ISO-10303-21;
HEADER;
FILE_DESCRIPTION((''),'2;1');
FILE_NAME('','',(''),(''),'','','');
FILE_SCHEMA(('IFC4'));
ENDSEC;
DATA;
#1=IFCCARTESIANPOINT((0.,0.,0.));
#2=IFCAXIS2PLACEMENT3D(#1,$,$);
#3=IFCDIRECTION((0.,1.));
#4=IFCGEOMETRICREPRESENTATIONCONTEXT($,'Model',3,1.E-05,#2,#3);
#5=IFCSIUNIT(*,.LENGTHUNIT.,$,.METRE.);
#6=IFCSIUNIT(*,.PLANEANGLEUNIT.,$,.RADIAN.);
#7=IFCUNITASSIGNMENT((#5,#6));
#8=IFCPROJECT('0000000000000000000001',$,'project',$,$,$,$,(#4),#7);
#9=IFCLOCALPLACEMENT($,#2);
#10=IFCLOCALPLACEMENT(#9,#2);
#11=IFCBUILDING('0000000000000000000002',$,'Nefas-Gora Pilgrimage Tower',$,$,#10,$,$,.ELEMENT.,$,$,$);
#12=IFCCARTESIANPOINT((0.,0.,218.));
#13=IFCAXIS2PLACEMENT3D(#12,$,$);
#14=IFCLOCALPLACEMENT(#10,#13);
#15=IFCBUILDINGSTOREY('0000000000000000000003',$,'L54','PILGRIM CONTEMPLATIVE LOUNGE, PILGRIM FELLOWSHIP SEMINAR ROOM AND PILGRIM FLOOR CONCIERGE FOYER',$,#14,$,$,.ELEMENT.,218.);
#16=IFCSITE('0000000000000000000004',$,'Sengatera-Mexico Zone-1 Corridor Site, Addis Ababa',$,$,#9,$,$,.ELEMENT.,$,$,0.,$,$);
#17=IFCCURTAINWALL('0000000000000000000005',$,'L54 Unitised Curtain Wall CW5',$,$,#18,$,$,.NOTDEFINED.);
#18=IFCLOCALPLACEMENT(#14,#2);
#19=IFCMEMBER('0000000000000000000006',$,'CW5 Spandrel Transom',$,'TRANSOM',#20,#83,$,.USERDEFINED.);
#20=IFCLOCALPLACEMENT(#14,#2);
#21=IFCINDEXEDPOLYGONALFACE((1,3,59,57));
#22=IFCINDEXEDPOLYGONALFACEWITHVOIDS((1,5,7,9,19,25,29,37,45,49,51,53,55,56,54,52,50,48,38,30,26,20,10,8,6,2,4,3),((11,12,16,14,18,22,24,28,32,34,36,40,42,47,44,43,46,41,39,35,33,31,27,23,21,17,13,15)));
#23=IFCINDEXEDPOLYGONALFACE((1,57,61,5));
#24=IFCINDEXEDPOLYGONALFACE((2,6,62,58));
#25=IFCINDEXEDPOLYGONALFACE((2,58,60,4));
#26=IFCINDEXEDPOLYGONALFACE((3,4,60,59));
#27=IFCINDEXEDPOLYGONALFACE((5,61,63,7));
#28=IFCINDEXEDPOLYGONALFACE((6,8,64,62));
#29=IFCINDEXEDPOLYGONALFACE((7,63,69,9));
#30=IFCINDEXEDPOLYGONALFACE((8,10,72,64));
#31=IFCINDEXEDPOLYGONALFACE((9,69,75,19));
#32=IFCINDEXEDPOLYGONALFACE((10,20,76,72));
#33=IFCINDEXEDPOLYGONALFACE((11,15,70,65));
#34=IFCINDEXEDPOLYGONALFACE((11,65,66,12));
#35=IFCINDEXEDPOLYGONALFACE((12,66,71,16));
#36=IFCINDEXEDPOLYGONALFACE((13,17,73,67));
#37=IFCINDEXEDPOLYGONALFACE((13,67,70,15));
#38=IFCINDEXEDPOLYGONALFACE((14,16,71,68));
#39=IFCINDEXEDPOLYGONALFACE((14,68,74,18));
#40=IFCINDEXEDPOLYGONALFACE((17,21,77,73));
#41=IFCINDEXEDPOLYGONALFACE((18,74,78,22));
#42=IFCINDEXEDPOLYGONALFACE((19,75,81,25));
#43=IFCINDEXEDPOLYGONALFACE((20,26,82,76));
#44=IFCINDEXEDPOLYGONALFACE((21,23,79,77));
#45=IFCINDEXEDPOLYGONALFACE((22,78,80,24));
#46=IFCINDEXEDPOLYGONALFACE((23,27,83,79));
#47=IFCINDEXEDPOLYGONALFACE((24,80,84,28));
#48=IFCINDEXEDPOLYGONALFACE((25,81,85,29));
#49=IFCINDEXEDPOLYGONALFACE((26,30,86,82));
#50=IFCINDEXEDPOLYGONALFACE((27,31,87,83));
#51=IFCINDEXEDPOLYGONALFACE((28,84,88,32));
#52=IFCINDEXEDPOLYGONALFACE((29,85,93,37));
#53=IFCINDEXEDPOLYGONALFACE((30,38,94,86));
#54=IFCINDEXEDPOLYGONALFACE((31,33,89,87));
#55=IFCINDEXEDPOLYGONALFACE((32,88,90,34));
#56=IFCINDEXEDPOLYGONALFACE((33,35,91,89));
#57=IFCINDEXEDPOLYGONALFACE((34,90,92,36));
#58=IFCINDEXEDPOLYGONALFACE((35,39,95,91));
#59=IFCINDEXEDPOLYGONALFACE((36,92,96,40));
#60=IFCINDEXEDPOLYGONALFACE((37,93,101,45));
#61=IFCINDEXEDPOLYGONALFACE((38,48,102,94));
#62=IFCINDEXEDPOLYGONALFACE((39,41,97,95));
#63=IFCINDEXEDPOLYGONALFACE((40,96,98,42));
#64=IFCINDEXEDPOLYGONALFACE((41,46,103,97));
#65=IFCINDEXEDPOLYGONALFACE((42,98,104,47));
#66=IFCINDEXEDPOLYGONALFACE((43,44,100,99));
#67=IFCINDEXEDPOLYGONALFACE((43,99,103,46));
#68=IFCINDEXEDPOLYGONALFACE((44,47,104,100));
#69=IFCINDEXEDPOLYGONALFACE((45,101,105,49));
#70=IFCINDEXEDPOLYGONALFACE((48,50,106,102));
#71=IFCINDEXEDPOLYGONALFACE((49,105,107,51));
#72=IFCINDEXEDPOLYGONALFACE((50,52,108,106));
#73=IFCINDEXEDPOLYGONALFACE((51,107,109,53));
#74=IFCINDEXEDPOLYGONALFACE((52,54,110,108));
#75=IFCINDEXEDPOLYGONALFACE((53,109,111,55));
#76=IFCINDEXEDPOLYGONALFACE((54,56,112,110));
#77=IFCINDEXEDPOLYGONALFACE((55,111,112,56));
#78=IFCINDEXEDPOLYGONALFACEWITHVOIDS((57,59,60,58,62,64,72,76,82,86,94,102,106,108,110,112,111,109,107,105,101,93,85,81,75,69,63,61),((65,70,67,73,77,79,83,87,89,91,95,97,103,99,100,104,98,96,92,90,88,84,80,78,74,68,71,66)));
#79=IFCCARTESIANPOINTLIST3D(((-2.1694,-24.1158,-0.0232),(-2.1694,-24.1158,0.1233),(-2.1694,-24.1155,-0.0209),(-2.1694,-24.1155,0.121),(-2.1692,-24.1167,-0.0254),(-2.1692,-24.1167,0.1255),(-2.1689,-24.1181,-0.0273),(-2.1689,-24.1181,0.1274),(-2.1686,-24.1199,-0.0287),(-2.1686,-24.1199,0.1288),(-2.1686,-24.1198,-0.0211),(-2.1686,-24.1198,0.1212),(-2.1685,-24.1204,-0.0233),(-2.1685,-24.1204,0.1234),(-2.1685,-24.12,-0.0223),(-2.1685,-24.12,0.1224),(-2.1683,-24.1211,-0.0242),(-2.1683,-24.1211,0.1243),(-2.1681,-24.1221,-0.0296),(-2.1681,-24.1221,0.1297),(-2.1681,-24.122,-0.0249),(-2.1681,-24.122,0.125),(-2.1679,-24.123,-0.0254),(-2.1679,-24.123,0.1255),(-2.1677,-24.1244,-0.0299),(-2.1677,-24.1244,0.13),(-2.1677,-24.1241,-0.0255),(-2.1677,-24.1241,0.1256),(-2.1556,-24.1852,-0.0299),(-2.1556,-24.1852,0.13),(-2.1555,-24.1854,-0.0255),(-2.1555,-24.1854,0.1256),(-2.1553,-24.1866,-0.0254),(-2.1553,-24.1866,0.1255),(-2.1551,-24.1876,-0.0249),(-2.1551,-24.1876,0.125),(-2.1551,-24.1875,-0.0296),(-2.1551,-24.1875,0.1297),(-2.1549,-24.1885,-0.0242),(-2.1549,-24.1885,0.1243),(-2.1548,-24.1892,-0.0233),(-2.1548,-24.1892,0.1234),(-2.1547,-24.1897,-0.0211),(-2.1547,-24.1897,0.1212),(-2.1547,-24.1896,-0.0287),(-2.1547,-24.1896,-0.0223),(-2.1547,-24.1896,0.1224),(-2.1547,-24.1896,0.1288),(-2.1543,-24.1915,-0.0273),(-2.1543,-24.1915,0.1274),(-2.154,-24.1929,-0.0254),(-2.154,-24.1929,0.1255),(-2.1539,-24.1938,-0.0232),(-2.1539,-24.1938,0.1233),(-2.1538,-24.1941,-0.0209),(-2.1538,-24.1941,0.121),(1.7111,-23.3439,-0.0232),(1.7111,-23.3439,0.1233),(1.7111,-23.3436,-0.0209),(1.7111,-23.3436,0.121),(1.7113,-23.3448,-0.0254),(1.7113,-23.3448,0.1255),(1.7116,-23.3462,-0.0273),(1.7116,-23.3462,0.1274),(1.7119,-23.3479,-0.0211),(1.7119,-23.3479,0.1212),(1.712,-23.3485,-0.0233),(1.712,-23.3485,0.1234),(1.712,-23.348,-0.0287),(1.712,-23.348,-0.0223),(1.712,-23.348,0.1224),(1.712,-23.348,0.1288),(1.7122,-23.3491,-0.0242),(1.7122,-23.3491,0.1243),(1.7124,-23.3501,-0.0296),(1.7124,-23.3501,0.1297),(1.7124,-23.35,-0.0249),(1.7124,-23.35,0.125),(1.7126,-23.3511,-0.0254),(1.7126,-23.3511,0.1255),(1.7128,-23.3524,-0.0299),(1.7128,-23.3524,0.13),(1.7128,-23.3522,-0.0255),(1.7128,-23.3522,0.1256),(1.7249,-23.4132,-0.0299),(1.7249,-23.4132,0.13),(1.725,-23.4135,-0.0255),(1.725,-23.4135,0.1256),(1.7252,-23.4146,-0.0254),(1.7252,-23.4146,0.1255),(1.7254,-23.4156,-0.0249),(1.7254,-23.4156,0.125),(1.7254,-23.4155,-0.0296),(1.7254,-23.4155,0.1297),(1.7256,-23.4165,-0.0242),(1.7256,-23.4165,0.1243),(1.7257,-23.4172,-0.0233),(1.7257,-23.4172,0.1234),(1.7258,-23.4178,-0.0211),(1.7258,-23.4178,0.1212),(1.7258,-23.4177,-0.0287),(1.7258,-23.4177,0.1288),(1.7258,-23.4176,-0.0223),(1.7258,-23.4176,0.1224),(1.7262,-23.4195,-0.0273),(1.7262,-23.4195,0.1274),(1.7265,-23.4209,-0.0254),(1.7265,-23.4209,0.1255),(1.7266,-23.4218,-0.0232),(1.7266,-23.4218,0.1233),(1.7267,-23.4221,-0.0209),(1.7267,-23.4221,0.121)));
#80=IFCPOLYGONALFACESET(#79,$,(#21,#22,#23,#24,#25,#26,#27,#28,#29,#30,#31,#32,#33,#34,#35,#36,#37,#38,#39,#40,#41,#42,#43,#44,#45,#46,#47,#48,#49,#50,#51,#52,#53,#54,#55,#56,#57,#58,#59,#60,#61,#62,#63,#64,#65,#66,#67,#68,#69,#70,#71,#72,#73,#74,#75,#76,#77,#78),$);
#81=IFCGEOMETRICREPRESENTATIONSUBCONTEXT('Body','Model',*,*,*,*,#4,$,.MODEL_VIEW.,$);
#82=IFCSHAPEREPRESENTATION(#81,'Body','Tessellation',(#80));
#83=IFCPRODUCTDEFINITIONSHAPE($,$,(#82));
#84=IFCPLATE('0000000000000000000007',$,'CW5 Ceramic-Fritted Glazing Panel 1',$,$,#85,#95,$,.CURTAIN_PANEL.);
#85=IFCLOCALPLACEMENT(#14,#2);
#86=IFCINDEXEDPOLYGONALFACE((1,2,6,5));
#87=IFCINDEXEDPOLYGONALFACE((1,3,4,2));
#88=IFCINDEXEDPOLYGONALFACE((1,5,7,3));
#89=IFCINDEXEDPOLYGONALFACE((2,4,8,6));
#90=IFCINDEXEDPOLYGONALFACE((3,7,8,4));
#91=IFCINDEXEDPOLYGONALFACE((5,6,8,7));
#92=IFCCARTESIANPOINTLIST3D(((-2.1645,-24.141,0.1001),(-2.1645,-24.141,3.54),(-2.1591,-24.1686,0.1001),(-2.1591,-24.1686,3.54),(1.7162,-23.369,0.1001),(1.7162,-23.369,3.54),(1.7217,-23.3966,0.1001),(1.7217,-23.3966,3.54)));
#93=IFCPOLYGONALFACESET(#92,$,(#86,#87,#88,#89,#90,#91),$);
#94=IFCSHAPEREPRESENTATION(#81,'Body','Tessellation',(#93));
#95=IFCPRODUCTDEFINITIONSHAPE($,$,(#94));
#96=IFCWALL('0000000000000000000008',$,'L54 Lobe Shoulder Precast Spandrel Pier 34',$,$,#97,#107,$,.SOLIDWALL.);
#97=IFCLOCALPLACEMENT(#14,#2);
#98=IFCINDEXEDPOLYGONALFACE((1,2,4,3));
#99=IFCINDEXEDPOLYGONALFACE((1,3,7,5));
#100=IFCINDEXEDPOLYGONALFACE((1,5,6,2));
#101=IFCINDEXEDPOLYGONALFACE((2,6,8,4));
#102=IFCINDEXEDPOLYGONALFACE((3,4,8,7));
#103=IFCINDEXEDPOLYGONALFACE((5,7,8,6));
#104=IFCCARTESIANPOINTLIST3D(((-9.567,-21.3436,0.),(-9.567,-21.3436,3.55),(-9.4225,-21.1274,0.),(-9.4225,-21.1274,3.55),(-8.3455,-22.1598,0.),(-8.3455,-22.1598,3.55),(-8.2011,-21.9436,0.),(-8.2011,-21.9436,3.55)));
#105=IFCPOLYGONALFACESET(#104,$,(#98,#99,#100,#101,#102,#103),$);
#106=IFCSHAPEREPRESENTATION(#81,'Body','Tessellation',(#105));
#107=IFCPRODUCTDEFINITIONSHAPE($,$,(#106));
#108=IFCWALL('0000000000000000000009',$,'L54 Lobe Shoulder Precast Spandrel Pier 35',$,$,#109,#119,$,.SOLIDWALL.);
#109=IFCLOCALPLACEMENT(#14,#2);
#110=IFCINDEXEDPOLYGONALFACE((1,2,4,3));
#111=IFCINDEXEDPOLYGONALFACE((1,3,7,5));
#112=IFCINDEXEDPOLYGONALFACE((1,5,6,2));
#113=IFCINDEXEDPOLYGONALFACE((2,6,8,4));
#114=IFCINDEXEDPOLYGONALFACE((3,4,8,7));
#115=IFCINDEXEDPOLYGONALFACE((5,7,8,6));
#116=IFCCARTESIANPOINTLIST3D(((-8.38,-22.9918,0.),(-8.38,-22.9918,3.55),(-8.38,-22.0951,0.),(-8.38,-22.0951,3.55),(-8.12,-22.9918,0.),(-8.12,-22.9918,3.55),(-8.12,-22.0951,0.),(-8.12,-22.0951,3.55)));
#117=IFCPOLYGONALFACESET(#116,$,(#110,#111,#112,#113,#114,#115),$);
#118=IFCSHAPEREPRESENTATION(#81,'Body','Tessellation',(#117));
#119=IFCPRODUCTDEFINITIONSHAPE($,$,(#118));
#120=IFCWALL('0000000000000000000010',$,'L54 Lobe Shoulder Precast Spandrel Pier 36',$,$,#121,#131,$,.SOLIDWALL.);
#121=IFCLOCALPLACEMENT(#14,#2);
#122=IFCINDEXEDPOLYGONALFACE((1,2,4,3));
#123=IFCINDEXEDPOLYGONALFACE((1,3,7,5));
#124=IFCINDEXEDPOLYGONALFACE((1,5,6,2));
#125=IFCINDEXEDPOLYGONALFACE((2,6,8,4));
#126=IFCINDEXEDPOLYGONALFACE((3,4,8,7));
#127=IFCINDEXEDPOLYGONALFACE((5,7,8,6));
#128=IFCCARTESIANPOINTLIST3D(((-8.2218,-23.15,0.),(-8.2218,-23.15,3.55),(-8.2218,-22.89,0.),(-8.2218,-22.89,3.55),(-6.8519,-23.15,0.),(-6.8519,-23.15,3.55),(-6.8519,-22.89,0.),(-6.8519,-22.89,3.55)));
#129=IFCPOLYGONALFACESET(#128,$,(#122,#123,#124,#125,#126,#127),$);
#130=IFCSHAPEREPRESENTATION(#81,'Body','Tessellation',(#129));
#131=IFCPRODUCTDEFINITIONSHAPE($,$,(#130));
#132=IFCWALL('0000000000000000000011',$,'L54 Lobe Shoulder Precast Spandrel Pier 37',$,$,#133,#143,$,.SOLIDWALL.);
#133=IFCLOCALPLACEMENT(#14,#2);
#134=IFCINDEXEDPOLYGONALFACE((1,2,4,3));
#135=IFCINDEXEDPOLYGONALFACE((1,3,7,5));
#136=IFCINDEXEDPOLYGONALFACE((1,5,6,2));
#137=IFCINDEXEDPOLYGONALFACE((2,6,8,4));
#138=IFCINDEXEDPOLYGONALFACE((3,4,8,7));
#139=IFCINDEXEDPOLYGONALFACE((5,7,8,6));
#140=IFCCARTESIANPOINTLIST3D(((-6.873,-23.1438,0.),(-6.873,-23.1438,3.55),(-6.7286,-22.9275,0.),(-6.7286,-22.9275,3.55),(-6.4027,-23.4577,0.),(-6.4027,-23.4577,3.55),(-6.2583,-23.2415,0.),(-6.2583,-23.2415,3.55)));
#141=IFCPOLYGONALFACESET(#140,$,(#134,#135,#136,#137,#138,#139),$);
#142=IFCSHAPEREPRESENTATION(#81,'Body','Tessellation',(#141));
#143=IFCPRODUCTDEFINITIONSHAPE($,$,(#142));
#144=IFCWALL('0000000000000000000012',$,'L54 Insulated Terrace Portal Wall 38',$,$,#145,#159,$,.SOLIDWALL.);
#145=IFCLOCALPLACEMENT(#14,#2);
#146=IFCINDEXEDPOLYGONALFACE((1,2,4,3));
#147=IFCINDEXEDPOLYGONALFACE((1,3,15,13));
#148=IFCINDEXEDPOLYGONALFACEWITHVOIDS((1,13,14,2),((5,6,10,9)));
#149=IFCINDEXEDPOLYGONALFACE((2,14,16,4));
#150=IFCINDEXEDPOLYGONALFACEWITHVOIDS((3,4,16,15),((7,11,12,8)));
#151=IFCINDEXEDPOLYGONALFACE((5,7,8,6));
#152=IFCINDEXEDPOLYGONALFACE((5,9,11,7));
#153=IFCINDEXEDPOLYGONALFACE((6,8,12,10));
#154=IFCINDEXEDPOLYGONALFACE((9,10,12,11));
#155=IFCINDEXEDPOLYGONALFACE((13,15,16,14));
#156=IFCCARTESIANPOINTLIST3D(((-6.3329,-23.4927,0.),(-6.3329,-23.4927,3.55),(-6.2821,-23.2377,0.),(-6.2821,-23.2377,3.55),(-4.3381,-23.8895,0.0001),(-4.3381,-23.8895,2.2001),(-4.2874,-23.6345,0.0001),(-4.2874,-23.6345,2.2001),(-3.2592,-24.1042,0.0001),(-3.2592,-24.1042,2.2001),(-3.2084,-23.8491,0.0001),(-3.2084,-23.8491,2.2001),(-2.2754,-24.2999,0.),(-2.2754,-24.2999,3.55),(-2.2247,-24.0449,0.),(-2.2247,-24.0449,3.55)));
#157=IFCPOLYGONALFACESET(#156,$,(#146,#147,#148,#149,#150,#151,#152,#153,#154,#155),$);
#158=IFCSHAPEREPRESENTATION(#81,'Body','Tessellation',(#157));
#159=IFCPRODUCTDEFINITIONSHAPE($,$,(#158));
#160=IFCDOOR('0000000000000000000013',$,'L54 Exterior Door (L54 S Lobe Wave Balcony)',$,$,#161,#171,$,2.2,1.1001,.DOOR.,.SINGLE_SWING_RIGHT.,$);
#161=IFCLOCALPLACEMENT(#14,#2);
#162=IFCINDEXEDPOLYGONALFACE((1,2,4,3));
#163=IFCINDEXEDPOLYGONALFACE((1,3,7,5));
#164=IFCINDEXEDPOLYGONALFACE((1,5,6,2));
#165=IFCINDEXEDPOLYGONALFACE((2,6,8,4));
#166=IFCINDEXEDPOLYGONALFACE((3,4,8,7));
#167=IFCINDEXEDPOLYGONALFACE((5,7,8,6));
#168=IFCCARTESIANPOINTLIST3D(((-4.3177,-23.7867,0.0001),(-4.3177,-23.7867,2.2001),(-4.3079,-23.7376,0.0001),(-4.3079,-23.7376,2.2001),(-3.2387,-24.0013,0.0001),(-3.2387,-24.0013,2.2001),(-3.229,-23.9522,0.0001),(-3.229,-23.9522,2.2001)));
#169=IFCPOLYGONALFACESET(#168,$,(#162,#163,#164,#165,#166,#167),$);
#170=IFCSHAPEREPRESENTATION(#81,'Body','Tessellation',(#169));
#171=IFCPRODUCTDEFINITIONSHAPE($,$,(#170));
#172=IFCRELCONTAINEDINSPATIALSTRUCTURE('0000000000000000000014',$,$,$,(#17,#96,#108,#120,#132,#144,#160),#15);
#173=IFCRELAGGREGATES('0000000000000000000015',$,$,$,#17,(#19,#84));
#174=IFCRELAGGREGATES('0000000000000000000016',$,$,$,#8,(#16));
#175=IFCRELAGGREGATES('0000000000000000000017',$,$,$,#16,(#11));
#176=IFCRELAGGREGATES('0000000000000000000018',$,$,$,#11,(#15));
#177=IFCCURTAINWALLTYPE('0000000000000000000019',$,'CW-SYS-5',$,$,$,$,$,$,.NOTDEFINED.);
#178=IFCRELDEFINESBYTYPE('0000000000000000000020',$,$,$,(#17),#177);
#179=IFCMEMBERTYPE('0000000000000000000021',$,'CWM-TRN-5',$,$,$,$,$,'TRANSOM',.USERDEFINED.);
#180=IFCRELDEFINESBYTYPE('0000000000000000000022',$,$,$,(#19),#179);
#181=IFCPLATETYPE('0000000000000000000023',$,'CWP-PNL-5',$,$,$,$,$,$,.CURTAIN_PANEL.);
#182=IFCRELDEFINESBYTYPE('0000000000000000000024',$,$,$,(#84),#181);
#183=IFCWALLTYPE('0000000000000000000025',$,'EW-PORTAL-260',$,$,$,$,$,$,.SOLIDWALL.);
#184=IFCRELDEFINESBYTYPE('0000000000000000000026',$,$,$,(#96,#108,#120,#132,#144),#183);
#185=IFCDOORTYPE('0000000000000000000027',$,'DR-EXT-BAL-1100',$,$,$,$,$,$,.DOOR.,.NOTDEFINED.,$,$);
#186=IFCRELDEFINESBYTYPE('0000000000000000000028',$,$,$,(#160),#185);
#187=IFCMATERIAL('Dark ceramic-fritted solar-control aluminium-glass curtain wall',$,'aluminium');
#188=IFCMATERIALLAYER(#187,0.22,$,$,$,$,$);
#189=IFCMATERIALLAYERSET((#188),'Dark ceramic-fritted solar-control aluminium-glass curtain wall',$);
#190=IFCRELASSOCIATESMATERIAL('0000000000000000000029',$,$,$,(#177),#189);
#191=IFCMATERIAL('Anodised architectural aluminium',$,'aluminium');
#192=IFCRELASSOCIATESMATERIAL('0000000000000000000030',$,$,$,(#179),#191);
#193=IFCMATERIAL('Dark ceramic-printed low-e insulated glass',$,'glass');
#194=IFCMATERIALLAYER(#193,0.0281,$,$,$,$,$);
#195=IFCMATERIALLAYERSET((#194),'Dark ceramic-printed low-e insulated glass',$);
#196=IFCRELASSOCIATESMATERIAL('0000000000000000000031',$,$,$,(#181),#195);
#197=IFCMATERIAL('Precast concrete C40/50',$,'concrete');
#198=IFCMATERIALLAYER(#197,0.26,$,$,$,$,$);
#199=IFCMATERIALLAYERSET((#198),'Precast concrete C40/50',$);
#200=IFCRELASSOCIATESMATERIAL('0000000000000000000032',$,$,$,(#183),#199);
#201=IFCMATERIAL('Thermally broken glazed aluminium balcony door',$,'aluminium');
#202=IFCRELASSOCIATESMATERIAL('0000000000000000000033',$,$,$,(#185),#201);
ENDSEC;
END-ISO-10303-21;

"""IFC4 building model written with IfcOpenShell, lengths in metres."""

from ifc_helpers import new_model, si_unit, direction, frame, frame_2d, origin, origin_2d, place, context, subcontext, project, spatial, rectangle, hollow_rectangle, extrude, source, transform, mapped, material, layer, layer_set, material_profile, profile_set, type_object, element, fill, aggregate, save


model = new_model("IFC4")

# Units and contexts
model_context = context("Model", 3, precision=1e-05, world=origin(), true_north=direction((0.0, 1.0)))
body_context = subcontext(model_context, "Body", "Model", "MODEL_VIEW")
ifc_project = project(units=[si_unit("LENGTHUNIT", "METRE"), si_unit("PLANEANGLEUNIT", "RADIAN")], contexts=[model_context])

# Site, building, storey
site_placement = place(None, origin())
site = spatial("IfcSite", under=ifc_project, at=site_placement, Name="Sengatera-Mexico Zone-1 Corridor Site, Addis Ababa", CompositionType="ELEMENT", RefElevation=0.0)
building_placement = place(site_placement, origin())
building = spatial("IfcBuilding", under=site, at=building_placement, Name="Nefas-Gora Pilgrimage Tower", CompositionType="ELEMENT")
storey_placement = place(building_placement, frame((0.0, 0.0, 218.0)))
storey = spatial("IfcBuildingStorey", under=building, at=storey_placement, Name="L54", Description="PILGRIM CONTEMPLATIVE LOUNGE, PILGRIM FELLOWSHIP SEMINAR ROOM AND PILGRIM FLOOR CONCIERGE FOYER", CompositionType="ELEMENT", Elevation=218.0)

# Shared definitions
ifc_material_1 = material(Name="Dark ceramic-fritted solar-control aluminium-glass curtain wall", Category="aluminium")
ifc_layer_1 = layer(ifc_material_1, 0.22)
ifc_layer_set_1 = layer_set([ifc_layer_1], Name="Dark ceramic-fritted solar-control aluminium-glass curtain wall")
curtain_wall_type = type_object("IfcCurtainWallType", Name="CW-SYS-5", PredefinedType="NOTDEFINED", material=ifc_layer_set_1)
ifc_material_2 = material(Name="Anodised architectural aluminium", Category="aluminium")

# Curtain wall, member, plate
curtain_wall_1_placement = place(storey_placement, origin())
curtain_wall_1 = element("IfcCurtainWall", 1, at=curtain_wall_1_placement, inside=storey, type_object=curtain_wall_type, Name="L54 Unitised Curtain Wall CW5", PredefinedType="NOTDEFINED")
ifc_material_profile_1 = material_profile(ifc_material_2, hollow_rectangle(XDim=0.0801, YDim=0.1599, WallThickness=0.0044, InnerFilletRadius=0.0044, OuterFilletRadius=0.009, at=origin_2d()), Name="ALU TRANSOM 80x160")
ifc_profile_set_1 = profile_set([ifc_material_profile_1], Name="Anodised architectural aluminium")
member_type_1 = type_object("IfcMemberType", Name="CWM-TRN-5", ElementType="TRANSOM", PredefinedType="USERDEFINED", material=ifc_profile_set_1)
shared_shape_1 = source(origin(), body_context, "Body", "SweptSolid", [
    extrude(hollow_rectangle(XDim=0.0801, YDim=0.1599, WallThickness=0.0044, InnerFilletRadius=0.0044, OuterFilletRadius=0.009, at=origin_2d()), origin(), (0.0, 0.0, 1.0), 3.9565),
])
member_1_placement = place(storey_placement, frame((-2.1616, -24.1548, 0.05), z_axis=(0.980782, 0.195107, 0.0), x_axis=(-0.195107, 0.980782, 0.0)))
member_1 = element("IfcMember", 2, at=member_1_placement, type_object=member_type_1, Name="CW5 Spandrel Transom", ObjectType="TRANSOM", PredefinedType="USERDEFINED", context=body_context, shape_type="MappedRepresentation", body=[
    mapped(shared_shape_1, transform((0.0, 0.0, 0.0), x_axis=(1.0, 0.0, 0.0), y_axis=(0.0, 1.0, 0.0), z_axis=(0.0, 0.0, 1.0), scale=1.0)),
])
ifc_material_3 = material(Name="Dark ceramic-printed low-e insulated glass", Category="glass")
ifc_layer_2 = layer(ifc_material_3, 0.0281)
ifc_layer_set_2 = layer_set([ifc_layer_2], Name="Dark ceramic-printed low-e insulated glass")
plate_type = type_object("IfcPlateType", Name="CWP-PNL-5", PredefinedType="CURTAIN_PANEL", material=ifc_layer_set_2)
shared_shape_2 = source(origin(), body_context, "Body", "SweptSolid", [
    extrude(rectangle(XDim=3.9568, YDim=0.0281, at=origin_2d()), origin(), (0.0, 0.0, 1.0), 3.4399),
])
plate_placement = place(storey_placement, frame((-0.2214, -23.7688, 0.1001), z_axis=(0.0, 0.0, 1.0), x_axis=(0.980783, 0.195102, 0.0)))
plate = element("IfcPlate", 3, at=plate_placement, type_object=plate_type, Name="CW5 Ceramic-Fritted Glazing Panel 1", PredefinedType="CURTAIN_PANEL", context=body_context, shape_type="MappedRepresentation", body=[
    mapped(shared_shape_2, transform((0.0, 0.0, 0.0), x_axis=(1.0, 0.0, 0.0), y_axis=(0.0, 1.0, 0.0), z_axis=(0.0, 0.0, 1.0), scale=1.0)),
])
aggregate(curtain_wall_1, [member_1, plate])

# Walls
ifc_material_4 = material(Name="Precast concrete C40/50", Category="concrete")
ifc_layer_3 = layer(ifc_material_4, 0.26)
ifc_layer_set_3 = layer_set([ifc_layer_3], Name="Precast concrete C40/50")
wall_type_1 = type_object("IfcWallType", Name="EW-PORTAL-260", PredefinedType="SOLIDWALL", material=ifc_layer_set_3)
shared_shape_3 = source(origin(), body_context, "Body", "SweptSolid", [
    extrude(rectangle(XDim=1.469, YDim=0.26, at=frame_2d((0.7344, 0.0))), origin(), (0.0, 0.0, 1.0), 3.55),
])
wall_1_placement = place(storey_placement, frame((-9.4946, -21.2356, 0.0), z_axis=(0.0, 0.0, 1.0), x_axis=(0.831462, -0.555582, 0.0)))
element("IfcWall", 4, at=wall_1_placement, inside=storey, type_object=wall_type_1, Name="L54 Lobe Shoulder Precast Spandrel Pier 34", PredefinedType="SOLIDWALL", context=body_context, shape_type="MappedRepresentation", body=[
    mapped(shared_shape_3, transform((0.0, 0.0, 0.0), x_axis=(1.0, 0.0, 0.0), y_axis=(0.0, 1.0, 0.0), z_axis=(0.0, 0.0, 1.0), scale=1.0)),
])
shared_shape_4 = source(origin(), body_context, "Body", "SweptSolid", [
    extrude(rectangle(XDim=0.8967, YDim=0.26, at=frame_2d((0.4482, 0.0))), origin(), (0.0, 0.0, 1.0), 3.55),
])
wall_2_placement = place(storey_placement, frame((-8.25, -22.0952, 0.0), z_axis=(0.0, 0.0, 1.0), x_axis=(0.0, -1.0, 0.0)))
element("IfcWall", 5, at=wall_2_placement, inside=storey, type_object=wall_type_1, Name="L54 Lobe Shoulder Precast Spandrel Pier 35", PredefinedType="SOLIDWALL", context=body_context, shape_type="MappedRepresentation", body=[
    mapped(shared_shape_4, transform((0.0, 0.0, 0.0), x_axis=(1.0, 0.0, 0.0), y_axis=(0.0, 1.0, 0.0), z_axis=(0.0, 0.0, 1.0), scale=1.0)),
])
shared_shape_5 = source(origin(), body_context, "Body", "SweptSolid", [
    extrude(rectangle(XDim=1.3699, YDim=0.26, at=frame_2d((0.6851, 0.0))), origin(), (0.0, 0.0, 1.0), 3.55),
])
wall_3_placement = place(storey_placement, frame((-8.2219, -23.02, 0.0), z_axis=(0.0, 0.0, 1.0), x_axis=(1.0, 0.0, 0.0)))
element("IfcWall", 6, at=wall_3_placement, inside=storey, type_object=wall_type_1, Name="L54 Lobe Shoulder Precast Spandrel Pier 36", PredefinedType="SOLIDWALL", context=body_context, shape_type="MappedRepresentation", body=[
    mapped(shared_shape_5, transform((0.0, 0.0, 0.0), x_axis=(1.0, 0.0, 0.0), y_axis=(0.0, 1.0, 0.0), z_axis=(0.0, 0.0, 1.0), scale=1.0)),
])
shared_shape_6 = source(origin(), body_context, "Body", "SweptSolid", [
    extrude(rectangle(XDim=0.5654, YDim=0.26, at=frame_2d((0.2827, 0.0))), origin(), (0.0, 0.0, 1.0), 3.55),
])
wall_4_placement = place(storey_placement, frame((-6.8008, -23.0356, 0.0), z_axis=(0.0, 0.0, 1.0), x_axis=(0.831651, -0.555298, 0.0)))
element("IfcWall", 7, at=wall_4_placement, inside=storey, type_object=wall_type_1, Name="L54 Lobe Shoulder Precast Spandrel Pier 37", PredefinedType="SOLIDWALL", context=body_context, shape_type="MappedRepresentation", body=[
    mapped(shared_shape_6, transform((0.0, 0.0, 0.0), x_axis=(1.0, 0.0, 0.0), y_axis=(0.0, 1.0, 0.0), z_axis=(0.0, 0.0, 1.0), scale=1.0)),
])

# Wall, opening, door
shared_shape_7 = source(origin(), body_context, "Body", "SweptSolid", [
    extrude(rectangle(XDim=4.137, YDim=0.26, at=frame_2d((2.0684, 0.0))), origin(), (0.0, 0.0, 1.0), 3.55),
])
wall_5_placement = place(storey_placement, frame((-6.3074, -23.3652, 0.0), z_axis=(0.0, 0.0, 1.0), x_axis=(0.980782, -0.195106, 0.0)))
wall_5 = element("IfcWall", 8, at=wall_5_placement, inside=storey, type_object=wall_type_1, Name="L54 Insulated Terrace Portal Wall 38", PredefinedType="SOLIDWALL", context=body_context, shape_type="MappedRepresentation", body=[
    mapped(shared_shape_7, transform((0.0, 0.0, 0.0), x_axis=(1.0, 0.0, 0.0), y_axis=(0.0, 1.0, 0.0), z_axis=(0.0, 0.0, 1.0), scale=1.0)),
])
opening_1_placement = place(wall_5_placement, frame((2.0337, 0.0, 0.0)))
opening_1 = element("IfcOpeningElement", 9, at=opening_1_placement, cuts=wall_5, PredefinedType="OPENING", context=body_context, shape_type="SweptSolid", body=[
    extrude(rectangle(XDim=1.1001, YDim=2.2, at=frame_2d((0.55, 1.1001))), frame((0.0, 0.1399, 0.0), z_axis=(0.0, -1.0, 0.0), x_axis=(1.0, 0.0, 0.0)), (0.0, 0.0, 1.0), 0.28),
])
ifc_material_5 = material(Name="Thermally broken glazed aluminium balcony door", Category="aluminium")
door_type_1 = type_object("IfcDoorType", Name="DR-EXT-BAL-1100", OperationType="NOTDEFINED", PredefinedType="DOOR", material=ifc_material_5)
shared_shape_8 = source(origin(), body_context, "Body", "SweptSolid", [
    extrude(rectangle(XDim=1.1001, YDim=2.2, at=frame_2d((0.55, 1.1001))), frame((0.0, 0.0249, 0.0), z_axis=(0.0, -1.0, 0.0), x_axis=(1.0, 0.0, 0.0)), (0.0, 0.0, 1.0), 0.05),
])
door_1_placement = place(opening_1_placement, origin())
door_1 = element("IfcDoor", 10, at=door_1_placement, inside=storey, type_object=door_type_1, Name="L54 Exterior Door (L54 S Lobe Wave Balcony)", OperationType="SINGLE_SWING_RIGHT", OverallHeight=2.2, OverallWidth=1.1001, PredefinedType="DOOR", context=body_context, shape_type="MappedRepresentation", body=[
    mapped(shared_shape_8, transform((0.0, 0.0, 0.0), x_axis=(1.0, 0.0, 0.0), y_axis=(0.0, 1.0, 0.0), z_axis=(0.0, 0.0, 1.0), scale=1.0)),
])
fill(opening_1, door_1)

save(model, "model.ifc")
